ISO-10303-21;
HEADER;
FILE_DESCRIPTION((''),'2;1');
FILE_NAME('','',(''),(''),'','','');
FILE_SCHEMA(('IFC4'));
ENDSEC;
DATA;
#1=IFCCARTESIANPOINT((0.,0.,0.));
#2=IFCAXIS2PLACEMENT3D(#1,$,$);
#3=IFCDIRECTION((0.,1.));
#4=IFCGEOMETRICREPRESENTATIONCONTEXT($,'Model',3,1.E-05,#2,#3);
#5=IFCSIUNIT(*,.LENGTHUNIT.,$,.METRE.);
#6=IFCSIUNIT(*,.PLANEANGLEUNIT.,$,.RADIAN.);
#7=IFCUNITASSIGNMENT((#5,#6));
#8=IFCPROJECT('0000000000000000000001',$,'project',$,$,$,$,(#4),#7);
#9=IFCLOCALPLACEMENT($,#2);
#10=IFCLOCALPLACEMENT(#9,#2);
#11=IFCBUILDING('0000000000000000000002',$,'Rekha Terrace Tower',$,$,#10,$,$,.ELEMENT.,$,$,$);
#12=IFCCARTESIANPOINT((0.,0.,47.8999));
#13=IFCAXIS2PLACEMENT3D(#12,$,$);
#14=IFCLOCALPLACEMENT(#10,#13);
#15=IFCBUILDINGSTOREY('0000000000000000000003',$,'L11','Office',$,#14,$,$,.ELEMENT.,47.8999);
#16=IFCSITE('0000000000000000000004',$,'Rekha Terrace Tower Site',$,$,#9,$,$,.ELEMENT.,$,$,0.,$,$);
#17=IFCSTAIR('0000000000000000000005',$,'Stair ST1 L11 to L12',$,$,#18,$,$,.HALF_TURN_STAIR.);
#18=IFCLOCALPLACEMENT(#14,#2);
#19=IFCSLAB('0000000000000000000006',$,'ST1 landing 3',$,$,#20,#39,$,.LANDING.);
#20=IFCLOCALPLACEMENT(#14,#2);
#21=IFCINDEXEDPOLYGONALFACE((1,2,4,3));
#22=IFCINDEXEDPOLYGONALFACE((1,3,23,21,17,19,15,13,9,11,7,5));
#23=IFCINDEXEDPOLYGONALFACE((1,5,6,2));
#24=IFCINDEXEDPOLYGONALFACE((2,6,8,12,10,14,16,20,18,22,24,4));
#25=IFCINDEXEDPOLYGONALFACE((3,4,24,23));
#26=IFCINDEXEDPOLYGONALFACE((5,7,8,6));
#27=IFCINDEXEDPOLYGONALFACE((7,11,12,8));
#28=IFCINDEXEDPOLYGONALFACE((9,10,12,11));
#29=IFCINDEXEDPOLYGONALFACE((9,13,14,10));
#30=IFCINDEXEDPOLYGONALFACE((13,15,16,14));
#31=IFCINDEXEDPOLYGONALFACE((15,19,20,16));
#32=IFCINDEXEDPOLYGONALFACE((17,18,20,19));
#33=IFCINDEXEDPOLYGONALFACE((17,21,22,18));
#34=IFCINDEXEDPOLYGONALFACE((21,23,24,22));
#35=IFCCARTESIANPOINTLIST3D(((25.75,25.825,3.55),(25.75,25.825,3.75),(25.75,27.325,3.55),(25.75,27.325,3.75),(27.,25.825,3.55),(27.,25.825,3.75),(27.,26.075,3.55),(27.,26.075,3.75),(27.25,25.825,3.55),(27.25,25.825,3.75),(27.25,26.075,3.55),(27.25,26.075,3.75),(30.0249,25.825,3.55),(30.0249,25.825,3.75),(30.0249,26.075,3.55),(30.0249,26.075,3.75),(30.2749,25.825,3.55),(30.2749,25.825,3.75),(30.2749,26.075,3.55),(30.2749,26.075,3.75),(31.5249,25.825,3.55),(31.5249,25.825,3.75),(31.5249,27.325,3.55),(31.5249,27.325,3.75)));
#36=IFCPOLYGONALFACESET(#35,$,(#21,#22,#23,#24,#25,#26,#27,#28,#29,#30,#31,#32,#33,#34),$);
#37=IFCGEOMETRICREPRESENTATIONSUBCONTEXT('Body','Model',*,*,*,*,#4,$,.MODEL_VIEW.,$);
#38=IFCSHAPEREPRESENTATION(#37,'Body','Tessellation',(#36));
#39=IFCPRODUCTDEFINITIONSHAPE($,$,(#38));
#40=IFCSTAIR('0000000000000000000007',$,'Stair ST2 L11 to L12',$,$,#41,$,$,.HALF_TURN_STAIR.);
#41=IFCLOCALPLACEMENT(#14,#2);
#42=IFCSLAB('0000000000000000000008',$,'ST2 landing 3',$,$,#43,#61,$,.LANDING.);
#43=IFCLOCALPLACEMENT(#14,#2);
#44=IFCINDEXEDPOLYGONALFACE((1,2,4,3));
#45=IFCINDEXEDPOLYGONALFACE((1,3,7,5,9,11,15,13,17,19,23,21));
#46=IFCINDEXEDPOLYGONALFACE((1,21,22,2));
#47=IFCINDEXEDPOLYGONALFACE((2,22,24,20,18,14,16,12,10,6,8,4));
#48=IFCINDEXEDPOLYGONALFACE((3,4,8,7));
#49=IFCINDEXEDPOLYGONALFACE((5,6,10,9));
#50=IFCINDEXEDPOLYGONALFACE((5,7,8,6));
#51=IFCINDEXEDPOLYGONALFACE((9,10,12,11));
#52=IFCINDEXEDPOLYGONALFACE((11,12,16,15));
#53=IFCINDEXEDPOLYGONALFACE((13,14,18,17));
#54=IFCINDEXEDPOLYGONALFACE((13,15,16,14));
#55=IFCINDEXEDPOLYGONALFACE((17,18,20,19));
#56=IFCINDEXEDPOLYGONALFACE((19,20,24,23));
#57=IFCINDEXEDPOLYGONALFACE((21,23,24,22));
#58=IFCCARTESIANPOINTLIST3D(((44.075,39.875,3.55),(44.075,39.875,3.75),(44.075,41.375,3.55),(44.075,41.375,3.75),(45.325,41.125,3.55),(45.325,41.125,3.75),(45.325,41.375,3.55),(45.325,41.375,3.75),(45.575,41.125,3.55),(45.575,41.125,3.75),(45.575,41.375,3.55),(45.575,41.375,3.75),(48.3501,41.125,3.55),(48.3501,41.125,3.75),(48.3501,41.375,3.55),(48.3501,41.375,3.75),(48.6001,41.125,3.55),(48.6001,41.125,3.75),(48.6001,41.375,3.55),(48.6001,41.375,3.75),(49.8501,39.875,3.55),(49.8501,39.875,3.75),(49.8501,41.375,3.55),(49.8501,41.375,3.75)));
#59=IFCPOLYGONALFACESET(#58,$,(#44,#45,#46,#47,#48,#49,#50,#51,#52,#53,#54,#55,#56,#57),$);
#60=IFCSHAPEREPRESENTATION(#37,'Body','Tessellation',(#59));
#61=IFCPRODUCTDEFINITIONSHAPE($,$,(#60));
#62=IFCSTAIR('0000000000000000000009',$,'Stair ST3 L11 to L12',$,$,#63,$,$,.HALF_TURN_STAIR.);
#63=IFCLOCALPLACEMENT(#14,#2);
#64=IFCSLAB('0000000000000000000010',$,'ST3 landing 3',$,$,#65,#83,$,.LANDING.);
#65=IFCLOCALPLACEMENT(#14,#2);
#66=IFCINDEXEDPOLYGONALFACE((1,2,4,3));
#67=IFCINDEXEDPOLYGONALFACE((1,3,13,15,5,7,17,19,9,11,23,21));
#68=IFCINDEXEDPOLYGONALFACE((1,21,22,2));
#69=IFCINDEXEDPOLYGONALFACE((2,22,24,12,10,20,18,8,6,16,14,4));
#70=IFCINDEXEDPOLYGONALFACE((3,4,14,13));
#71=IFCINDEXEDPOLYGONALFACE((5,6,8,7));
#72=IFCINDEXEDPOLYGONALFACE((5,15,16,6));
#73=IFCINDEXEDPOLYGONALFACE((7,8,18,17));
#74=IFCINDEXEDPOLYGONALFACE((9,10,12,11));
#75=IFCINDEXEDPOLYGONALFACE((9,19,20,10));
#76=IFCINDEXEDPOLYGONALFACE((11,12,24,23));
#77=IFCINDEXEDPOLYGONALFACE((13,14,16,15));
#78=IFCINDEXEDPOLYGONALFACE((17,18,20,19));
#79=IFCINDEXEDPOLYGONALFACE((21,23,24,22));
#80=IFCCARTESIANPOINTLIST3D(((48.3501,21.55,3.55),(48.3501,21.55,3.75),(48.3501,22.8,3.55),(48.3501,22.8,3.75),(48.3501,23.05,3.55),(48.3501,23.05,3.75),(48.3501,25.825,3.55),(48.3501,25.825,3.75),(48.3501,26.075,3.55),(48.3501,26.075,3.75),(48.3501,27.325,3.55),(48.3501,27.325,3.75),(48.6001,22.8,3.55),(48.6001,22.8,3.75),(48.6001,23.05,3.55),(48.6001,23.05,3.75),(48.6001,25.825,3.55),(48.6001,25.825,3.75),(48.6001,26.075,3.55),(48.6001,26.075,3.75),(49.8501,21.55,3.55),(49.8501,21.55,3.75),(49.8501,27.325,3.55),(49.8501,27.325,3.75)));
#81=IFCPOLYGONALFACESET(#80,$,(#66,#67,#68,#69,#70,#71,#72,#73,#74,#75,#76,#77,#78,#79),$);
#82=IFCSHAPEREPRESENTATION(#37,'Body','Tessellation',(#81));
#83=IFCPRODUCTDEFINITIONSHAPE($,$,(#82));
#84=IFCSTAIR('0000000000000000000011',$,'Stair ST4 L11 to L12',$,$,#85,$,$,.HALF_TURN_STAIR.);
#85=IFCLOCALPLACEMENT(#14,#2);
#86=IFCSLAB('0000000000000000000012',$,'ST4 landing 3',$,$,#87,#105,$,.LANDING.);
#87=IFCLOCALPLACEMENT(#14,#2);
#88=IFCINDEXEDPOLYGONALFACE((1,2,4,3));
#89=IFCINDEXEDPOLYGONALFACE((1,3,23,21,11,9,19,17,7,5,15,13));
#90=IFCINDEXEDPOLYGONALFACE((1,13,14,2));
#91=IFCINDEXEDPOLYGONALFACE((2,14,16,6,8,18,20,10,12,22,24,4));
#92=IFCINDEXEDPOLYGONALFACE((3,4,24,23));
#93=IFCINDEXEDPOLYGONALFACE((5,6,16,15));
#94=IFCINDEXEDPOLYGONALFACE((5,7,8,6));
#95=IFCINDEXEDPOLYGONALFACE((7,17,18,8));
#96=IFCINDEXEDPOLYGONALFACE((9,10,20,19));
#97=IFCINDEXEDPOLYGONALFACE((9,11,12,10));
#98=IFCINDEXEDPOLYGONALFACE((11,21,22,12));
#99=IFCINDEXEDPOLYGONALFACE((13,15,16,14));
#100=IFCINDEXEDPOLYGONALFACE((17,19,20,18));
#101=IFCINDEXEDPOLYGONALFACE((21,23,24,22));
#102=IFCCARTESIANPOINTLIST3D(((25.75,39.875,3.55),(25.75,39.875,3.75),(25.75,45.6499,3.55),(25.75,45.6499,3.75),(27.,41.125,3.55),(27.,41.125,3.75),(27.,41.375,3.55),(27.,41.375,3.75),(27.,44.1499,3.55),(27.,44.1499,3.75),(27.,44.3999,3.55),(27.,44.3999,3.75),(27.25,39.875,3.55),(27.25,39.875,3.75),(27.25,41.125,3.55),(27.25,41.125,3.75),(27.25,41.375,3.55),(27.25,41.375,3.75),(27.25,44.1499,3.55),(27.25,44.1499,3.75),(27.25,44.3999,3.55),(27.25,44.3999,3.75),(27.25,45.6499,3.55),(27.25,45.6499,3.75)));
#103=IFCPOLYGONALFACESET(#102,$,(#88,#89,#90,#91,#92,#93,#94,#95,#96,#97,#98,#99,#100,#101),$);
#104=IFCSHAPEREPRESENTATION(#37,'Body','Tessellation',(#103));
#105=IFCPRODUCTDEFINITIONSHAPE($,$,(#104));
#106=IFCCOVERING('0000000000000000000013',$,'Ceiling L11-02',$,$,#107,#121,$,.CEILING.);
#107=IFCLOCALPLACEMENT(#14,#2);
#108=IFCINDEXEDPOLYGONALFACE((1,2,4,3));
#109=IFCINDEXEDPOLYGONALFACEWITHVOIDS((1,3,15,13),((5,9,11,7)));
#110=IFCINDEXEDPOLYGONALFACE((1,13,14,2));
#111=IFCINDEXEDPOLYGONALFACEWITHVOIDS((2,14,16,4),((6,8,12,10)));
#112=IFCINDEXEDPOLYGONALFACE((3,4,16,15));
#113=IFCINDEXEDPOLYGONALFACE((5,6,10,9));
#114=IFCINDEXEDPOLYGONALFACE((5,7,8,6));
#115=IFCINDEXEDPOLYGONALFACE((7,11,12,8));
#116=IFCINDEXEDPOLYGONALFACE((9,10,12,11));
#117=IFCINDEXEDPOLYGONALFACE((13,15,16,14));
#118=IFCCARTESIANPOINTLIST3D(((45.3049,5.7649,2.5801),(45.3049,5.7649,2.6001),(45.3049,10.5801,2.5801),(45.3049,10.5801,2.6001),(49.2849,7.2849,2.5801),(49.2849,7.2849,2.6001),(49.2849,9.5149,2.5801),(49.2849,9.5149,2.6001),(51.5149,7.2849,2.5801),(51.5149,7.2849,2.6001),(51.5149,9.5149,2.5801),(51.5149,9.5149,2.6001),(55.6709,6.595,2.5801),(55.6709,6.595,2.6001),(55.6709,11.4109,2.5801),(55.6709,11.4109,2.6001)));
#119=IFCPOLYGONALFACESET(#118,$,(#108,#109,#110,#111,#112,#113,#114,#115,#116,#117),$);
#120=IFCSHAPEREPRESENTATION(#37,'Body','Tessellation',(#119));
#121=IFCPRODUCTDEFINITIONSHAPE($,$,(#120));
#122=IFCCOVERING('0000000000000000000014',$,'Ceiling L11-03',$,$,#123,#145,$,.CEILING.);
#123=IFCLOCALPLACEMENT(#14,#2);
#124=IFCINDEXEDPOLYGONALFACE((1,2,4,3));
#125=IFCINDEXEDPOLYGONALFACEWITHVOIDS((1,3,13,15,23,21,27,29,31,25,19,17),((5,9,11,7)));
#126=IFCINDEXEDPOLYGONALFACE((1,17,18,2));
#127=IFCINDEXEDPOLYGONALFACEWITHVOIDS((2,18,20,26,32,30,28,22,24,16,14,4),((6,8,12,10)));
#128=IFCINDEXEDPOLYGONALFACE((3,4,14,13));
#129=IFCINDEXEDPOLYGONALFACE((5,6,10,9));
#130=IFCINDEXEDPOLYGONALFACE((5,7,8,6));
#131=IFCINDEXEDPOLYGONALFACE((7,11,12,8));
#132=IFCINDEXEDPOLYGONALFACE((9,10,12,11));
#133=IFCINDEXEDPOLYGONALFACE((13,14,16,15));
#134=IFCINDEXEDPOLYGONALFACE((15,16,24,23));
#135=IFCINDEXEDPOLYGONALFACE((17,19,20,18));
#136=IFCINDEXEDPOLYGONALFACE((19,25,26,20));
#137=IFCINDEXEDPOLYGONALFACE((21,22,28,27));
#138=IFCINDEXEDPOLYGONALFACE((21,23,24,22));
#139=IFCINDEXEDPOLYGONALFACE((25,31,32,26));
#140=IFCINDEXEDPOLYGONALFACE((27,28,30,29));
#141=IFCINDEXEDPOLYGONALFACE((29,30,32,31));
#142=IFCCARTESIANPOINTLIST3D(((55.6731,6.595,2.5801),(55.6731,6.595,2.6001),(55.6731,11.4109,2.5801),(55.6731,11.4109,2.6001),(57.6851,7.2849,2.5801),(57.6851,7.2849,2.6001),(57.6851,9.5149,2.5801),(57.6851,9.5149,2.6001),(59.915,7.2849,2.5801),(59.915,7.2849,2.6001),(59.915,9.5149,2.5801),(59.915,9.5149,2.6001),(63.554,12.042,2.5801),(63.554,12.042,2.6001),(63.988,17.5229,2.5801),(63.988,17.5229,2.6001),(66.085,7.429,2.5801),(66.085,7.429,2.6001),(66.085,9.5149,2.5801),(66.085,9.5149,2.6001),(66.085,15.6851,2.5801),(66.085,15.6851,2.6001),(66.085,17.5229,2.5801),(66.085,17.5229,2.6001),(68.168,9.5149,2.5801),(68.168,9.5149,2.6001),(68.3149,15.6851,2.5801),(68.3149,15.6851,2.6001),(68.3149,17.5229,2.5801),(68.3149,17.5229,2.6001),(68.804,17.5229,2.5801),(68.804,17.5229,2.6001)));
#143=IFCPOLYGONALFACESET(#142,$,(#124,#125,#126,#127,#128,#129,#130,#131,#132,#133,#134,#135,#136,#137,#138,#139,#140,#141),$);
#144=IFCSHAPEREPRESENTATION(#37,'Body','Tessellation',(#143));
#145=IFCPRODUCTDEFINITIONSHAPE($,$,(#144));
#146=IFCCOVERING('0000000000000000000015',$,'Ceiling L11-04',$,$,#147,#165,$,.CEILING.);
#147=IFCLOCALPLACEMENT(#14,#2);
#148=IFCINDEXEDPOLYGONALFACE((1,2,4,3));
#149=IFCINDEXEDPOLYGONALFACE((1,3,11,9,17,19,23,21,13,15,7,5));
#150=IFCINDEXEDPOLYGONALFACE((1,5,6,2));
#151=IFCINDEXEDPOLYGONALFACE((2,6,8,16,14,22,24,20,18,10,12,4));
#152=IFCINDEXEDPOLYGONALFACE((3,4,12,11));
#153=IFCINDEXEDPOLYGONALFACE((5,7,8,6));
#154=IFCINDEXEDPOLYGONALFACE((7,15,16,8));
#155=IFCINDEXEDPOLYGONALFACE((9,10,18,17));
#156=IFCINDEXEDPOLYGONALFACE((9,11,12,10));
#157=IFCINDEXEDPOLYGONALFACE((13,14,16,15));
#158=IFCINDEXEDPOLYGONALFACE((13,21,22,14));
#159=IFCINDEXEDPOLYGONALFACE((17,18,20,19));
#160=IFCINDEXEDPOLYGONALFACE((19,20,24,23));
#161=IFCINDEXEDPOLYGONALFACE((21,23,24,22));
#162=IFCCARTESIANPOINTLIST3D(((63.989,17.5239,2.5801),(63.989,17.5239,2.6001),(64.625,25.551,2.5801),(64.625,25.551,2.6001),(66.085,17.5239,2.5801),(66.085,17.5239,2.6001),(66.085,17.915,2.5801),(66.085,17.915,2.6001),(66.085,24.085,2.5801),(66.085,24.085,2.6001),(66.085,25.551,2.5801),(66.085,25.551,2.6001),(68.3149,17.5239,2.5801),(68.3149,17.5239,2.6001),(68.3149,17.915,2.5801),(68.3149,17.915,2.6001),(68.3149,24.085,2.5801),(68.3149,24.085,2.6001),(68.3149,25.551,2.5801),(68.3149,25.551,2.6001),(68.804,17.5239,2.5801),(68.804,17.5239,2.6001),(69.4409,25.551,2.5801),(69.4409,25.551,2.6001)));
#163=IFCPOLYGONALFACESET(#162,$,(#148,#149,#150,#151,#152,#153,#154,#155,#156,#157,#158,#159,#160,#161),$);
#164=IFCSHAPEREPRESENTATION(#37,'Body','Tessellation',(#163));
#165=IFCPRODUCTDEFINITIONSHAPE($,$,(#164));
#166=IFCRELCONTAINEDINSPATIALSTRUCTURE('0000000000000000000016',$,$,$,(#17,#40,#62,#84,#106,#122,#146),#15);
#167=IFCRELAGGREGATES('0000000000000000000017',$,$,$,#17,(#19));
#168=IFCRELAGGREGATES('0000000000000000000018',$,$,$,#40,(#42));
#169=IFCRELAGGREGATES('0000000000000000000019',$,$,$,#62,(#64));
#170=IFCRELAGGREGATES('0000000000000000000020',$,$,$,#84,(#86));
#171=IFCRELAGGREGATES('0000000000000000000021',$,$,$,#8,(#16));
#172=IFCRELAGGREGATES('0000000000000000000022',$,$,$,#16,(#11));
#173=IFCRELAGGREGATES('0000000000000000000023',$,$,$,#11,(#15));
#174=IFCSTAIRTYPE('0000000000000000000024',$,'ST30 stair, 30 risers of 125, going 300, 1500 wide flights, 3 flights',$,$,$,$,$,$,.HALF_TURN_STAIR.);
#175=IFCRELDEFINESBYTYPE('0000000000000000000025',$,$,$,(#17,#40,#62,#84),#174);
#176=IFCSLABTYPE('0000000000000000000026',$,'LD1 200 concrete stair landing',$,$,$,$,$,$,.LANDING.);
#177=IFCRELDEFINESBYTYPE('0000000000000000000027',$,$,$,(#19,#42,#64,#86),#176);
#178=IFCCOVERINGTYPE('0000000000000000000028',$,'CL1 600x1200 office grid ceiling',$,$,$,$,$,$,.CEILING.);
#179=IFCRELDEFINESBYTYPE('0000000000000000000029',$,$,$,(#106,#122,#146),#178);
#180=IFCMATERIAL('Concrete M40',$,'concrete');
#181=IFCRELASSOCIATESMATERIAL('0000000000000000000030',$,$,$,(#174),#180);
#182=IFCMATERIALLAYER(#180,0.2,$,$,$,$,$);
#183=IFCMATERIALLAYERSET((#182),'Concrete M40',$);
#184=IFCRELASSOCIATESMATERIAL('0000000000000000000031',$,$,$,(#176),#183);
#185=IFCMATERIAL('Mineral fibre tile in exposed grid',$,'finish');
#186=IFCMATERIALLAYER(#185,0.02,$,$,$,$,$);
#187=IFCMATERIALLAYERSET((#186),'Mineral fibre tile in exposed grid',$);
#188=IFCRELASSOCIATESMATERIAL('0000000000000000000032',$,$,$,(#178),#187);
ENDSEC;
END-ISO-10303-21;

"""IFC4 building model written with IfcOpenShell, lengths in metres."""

from ifc_helpers import new_model, si_unit, direction, frame, origin, place, context, subcontext, project, spatial, polyline, outline, extrude, material, layer, layer_set, type_object, element, aggregate, save


model = new_model("IFC4")

# Units and contexts
model_context = context("Model", 3, precision=1e-05, world=origin(), true_north=direction((0.0, 1.0)))
body_context = subcontext(model_context, "Body", "Model", "MODEL_VIEW")
ifc_project = project(units=[si_unit("LENGTHUNIT", "METRE"), si_unit("PLANEANGLEUNIT", "RADIAN")], contexts=[model_context])

# Site, building, storey
site_placement = place(None, origin())
site = spatial("IfcSite", under=ifc_project, at=site_placement, Name="Rekha Terrace Tower Site", CompositionType="ELEMENT", RefElevation=0.0)
building_placement = place(site_placement, origin())
building = spatial("IfcBuilding", under=site, at=building_placement, Name="Rekha Terrace Tower", CompositionType="ELEMENT")
storey_placement = place(building_placement, frame((0.0, 0.0, 47.8999)))
storey = spatial("IfcBuildingStorey", under=building, at=storey_placement, Name="L11", Description="Office", CompositionType="ELEMENT", Elevation=47.8999)

# Stairs, slabs
ifc_material_1 = material(Name="Concrete M40", Category="concrete")
stair_type = type_object("IfcStairType", Name="ST30 stair, 30 risers of 125, going 300, 1500 wide flights, 3 flights", PredefinedType="HALF_TURN_STAIR", material=ifc_material_1)
stair_1_placement = place(storey_placement, origin())
stair_1 = element("IfcStair", 1, at=stair_1_placement, inside=storey, type_object=stair_type, Name="Stair ST1 L11 to L12", PredefinedType="HALF_TURN_STAIR")
ifc_layer_1 = layer(ifc_material_1, 0.2)
ifc_layer_set_1 = layer_set([ifc_layer_1], Name="Concrete M40")
slab_type = type_object("IfcSlabType", Name="LD1 200 concrete stair landing", PredefinedType="LANDING", material=ifc_layer_set_1)
slab_1_placement = place(storey_placement, frame((0.0, 0.0, 3.55)))
slab_1 = element("IfcSlab", 2, at=slab_1_placement, type_object=slab_type, Name="ST1 landing 3", PredefinedType="LANDING", context=body_context, shape_type="SweptSolid", body=[
    extrude(outline(polyline([(31.5249, 25.825), (31.5249, 27.325), (25.75, 27.325), (25.75, 25.825), (27.0, 25.825), (27.0, 26.075), (27.25, 26.075), (27.25, 25.825), (30.0249, 25.825), (30.0249, 26.075), (30.2749, 26.075), (30.2749, 25.825), (31.5249, 25.825)])), origin(), (0.0, 0.0, 1.0), 0.2),
])
aggregate(stair_1, [slab_1])
stair_2_placement = place(storey_placement, origin())
stair_2 = element("IfcStair", 3, at=stair_2_placement, inside=storey, type_object=stair_type, Name="Stair ST2 L11 to L12", PredefinedType="HALF_TURN_STAIR")
slab_2_placement = place(storey_placement, frame((0.0, 0.0, 3.55)))
slab_2 = element("IfcSlab", 4, at=slab_2_placement, type_object=slab_type, Name="ST2 landing 3", PredefinedType="LANDING", context=body_context, shape_type="SweptSolid", body=[
    extrude(outline(polyline([(44.075, 41.375), (44.075, 39.875), (49.8501, 39.875), (49.8501, 41.375), (48.6001, 41.375), (48.6001, 41.125), (48.3501, 41.125), (48.3501, 41.375), (45.575, 41.375), (45.575, 41.125), (45.325, 41.125), (45.325, 41.375), (44.075, 41.375)])), origin(), (0.0, 0.0, 1.0), 0.2),
])
aggregate(stair_2, [slab_2])
stair_3_placement = place(storey_placement, origin())
stair_3 = element("IfcStair", 5, at=stair_3_placement, inside=storey, type_object=stair_type, Name="Stair ST3 L11 to L12", PredefinedType="HALF_TURN_STAIR")
slab_3_placement = place(storey_placement, frame((0.0, 0.0, 3.55)))
slab_3 = element("IfcSlab", 6, at=slab_3_placement, type_object=slab_type, Name="ST3 landing 3", PredefinedType="LANDING", context=body_context, shape_type="SweptSolid", body=[
    extrude(outline(polyline([(48.3501, 21.55), (49.8501, 21.55), (49.8501, 27.325), (48.3501, 27.325), (48.3501, 26.075), (48.6001, 26.075), (48.6001, 25.825), (48.3501, 25.825), (48.3501, 23.05), (48.6001, 23.05), (48.6001, 22.8), (48.3501, 22.8), (48.3501, 21.55)])), origin(), (0.0, 0.0, 1.0), 0.2),
])
aggregate(stair_3, [slab_3])
stair_4_placement = place(storey_placement, origin())
stair_4 = element("IfcStair", 7, at=stair_4_placement, inside=storey, type_object=stair_type, Name="Stair ST4 L11 to L12", PredefinedType="HALF_TURN_STAIR")
slab_4_placement = place(storey_placement, frame((0.0, 0.0, 3.55)))
slab_4 = element("IfcSlab", 8, at=slab_4_placement, type_object=slab_type, Name="ST4 landing 3", PredefinedType="LANDING", context=body_context, shape_type="SweptSolid", body=[
    extrude(outline(polyline([(27.25, 39.875), (25.75, 39.875), (25.75, 45.6499), (27.25, 45.6499), (27.25, 44.3999), (27.0, 44.3999), (27.0, 44.1499), (27.25, 44.1499), (27.25, 41.375), (27.0, 41.375), (27.0, 41.125), (27.25, 41.125), (27.25, 39.875)])), origin(), (0.0, 0.0, 1.0), 0.2),
])
aggregate(stair_4, [slab_4])

# Coverings
ifc_material_2 = material(Name="Mineral fibre tile in exposed grid", Category="finish")
ifc_layer_2 = layer(ifc_material_2, 0.02)
ifc_layer_set_2 = layer_set([ifc_layer_2], Name="Mineral fibre tile in exposed grid")
covering_type_1 = type_object("IfcCoveringType", Name="CL1 600x1200 office grid ceiling", PredefinedType="CEILING", material=ifc_layer_set_2)
covering_1_placement = place(storey_placement, frame((0.0, 0.0, 2.5801)))
element("IfcCovering", 9, at=covering_1_placement, inside=storey, type_object=covering_type_1, Name="Ceiling L11-02", PredefinedType="CEILING", context=body_context, shape_type="SweptSolid", body=[
    extrude(outline(polyline([(55.6709, 6.595), (55.6709, 11.4109), (45.3049, 10.5801), (45.3049, 5.7649), (55.6709, 6.595)]), holes=[polyline([(51.5149, 7.2849), (49.2849, 7.2849), (49.2849, 9.5149), (51.5149, 9.5149), (51.5149, 7.2849)])]), origin(), (0.0, 0.0, 1.0), 0.02),
])
covering_2_placement = place(storey_placement, frame((0.0, 0.0, 2.5801)))
element("IfcCovering", 10, at=covering_2_placement, inside=storey, type_object=covering_type_1, Name="Ceiling L11-03", PredefinedType="CEILING", context=body_context, shape_type="SweptSolid", body=[
    extrude(outline(polyline([(63.554, 12.042), (55.6731, 11.4109), (55.6731, 6.595), (66.085, 7.429), (66.085, 9.5149), (68.168, 9.5149), (68.804, 17.5229), (68.3149, 17.5229), (68.3149, 15.6851), (66.085, 15.6851), (66.085, 17.5229), (63.988, 17.5229), (63.554, 12.042)]), holes=[polyline([(59.915, 7.2849), (57.6851, 7.2849), (57.6851, 9.5149), (59.915, 9.5149), (59.915, 7.2849)])]), origin(), (0.0, 0.0, 1.0), 0.02),
])
covering_3_placement = place(storey_placement, frame((0.0, 0.0, 2.5801)))
element("IfcCovering", 11, at=covering_3_placement, inside=storey, type_object=covering_type_1, Name="Ceiling L11-04", PredefinedType="CEILING", context=body_context, shape_type="SweptSolid", body=[
    extrude(outline(polyline([(68.3149, 17.915), (68.3149, 17.5239), (68.804, 17.5239), (69.4409, 25.551), (68.3149, 25.551), (68.3149, 24.085), (66.085, 24.085), (66.085, 25.551), (64.625, 25.551), (63.989, 17.5239), (66.085, 17.5239), (66.085, 17.915), (68.3149, 17.915)])), origin(), (0.0, 0.0, 1.0), 0.02),
])

save(model, "model.ifc")
